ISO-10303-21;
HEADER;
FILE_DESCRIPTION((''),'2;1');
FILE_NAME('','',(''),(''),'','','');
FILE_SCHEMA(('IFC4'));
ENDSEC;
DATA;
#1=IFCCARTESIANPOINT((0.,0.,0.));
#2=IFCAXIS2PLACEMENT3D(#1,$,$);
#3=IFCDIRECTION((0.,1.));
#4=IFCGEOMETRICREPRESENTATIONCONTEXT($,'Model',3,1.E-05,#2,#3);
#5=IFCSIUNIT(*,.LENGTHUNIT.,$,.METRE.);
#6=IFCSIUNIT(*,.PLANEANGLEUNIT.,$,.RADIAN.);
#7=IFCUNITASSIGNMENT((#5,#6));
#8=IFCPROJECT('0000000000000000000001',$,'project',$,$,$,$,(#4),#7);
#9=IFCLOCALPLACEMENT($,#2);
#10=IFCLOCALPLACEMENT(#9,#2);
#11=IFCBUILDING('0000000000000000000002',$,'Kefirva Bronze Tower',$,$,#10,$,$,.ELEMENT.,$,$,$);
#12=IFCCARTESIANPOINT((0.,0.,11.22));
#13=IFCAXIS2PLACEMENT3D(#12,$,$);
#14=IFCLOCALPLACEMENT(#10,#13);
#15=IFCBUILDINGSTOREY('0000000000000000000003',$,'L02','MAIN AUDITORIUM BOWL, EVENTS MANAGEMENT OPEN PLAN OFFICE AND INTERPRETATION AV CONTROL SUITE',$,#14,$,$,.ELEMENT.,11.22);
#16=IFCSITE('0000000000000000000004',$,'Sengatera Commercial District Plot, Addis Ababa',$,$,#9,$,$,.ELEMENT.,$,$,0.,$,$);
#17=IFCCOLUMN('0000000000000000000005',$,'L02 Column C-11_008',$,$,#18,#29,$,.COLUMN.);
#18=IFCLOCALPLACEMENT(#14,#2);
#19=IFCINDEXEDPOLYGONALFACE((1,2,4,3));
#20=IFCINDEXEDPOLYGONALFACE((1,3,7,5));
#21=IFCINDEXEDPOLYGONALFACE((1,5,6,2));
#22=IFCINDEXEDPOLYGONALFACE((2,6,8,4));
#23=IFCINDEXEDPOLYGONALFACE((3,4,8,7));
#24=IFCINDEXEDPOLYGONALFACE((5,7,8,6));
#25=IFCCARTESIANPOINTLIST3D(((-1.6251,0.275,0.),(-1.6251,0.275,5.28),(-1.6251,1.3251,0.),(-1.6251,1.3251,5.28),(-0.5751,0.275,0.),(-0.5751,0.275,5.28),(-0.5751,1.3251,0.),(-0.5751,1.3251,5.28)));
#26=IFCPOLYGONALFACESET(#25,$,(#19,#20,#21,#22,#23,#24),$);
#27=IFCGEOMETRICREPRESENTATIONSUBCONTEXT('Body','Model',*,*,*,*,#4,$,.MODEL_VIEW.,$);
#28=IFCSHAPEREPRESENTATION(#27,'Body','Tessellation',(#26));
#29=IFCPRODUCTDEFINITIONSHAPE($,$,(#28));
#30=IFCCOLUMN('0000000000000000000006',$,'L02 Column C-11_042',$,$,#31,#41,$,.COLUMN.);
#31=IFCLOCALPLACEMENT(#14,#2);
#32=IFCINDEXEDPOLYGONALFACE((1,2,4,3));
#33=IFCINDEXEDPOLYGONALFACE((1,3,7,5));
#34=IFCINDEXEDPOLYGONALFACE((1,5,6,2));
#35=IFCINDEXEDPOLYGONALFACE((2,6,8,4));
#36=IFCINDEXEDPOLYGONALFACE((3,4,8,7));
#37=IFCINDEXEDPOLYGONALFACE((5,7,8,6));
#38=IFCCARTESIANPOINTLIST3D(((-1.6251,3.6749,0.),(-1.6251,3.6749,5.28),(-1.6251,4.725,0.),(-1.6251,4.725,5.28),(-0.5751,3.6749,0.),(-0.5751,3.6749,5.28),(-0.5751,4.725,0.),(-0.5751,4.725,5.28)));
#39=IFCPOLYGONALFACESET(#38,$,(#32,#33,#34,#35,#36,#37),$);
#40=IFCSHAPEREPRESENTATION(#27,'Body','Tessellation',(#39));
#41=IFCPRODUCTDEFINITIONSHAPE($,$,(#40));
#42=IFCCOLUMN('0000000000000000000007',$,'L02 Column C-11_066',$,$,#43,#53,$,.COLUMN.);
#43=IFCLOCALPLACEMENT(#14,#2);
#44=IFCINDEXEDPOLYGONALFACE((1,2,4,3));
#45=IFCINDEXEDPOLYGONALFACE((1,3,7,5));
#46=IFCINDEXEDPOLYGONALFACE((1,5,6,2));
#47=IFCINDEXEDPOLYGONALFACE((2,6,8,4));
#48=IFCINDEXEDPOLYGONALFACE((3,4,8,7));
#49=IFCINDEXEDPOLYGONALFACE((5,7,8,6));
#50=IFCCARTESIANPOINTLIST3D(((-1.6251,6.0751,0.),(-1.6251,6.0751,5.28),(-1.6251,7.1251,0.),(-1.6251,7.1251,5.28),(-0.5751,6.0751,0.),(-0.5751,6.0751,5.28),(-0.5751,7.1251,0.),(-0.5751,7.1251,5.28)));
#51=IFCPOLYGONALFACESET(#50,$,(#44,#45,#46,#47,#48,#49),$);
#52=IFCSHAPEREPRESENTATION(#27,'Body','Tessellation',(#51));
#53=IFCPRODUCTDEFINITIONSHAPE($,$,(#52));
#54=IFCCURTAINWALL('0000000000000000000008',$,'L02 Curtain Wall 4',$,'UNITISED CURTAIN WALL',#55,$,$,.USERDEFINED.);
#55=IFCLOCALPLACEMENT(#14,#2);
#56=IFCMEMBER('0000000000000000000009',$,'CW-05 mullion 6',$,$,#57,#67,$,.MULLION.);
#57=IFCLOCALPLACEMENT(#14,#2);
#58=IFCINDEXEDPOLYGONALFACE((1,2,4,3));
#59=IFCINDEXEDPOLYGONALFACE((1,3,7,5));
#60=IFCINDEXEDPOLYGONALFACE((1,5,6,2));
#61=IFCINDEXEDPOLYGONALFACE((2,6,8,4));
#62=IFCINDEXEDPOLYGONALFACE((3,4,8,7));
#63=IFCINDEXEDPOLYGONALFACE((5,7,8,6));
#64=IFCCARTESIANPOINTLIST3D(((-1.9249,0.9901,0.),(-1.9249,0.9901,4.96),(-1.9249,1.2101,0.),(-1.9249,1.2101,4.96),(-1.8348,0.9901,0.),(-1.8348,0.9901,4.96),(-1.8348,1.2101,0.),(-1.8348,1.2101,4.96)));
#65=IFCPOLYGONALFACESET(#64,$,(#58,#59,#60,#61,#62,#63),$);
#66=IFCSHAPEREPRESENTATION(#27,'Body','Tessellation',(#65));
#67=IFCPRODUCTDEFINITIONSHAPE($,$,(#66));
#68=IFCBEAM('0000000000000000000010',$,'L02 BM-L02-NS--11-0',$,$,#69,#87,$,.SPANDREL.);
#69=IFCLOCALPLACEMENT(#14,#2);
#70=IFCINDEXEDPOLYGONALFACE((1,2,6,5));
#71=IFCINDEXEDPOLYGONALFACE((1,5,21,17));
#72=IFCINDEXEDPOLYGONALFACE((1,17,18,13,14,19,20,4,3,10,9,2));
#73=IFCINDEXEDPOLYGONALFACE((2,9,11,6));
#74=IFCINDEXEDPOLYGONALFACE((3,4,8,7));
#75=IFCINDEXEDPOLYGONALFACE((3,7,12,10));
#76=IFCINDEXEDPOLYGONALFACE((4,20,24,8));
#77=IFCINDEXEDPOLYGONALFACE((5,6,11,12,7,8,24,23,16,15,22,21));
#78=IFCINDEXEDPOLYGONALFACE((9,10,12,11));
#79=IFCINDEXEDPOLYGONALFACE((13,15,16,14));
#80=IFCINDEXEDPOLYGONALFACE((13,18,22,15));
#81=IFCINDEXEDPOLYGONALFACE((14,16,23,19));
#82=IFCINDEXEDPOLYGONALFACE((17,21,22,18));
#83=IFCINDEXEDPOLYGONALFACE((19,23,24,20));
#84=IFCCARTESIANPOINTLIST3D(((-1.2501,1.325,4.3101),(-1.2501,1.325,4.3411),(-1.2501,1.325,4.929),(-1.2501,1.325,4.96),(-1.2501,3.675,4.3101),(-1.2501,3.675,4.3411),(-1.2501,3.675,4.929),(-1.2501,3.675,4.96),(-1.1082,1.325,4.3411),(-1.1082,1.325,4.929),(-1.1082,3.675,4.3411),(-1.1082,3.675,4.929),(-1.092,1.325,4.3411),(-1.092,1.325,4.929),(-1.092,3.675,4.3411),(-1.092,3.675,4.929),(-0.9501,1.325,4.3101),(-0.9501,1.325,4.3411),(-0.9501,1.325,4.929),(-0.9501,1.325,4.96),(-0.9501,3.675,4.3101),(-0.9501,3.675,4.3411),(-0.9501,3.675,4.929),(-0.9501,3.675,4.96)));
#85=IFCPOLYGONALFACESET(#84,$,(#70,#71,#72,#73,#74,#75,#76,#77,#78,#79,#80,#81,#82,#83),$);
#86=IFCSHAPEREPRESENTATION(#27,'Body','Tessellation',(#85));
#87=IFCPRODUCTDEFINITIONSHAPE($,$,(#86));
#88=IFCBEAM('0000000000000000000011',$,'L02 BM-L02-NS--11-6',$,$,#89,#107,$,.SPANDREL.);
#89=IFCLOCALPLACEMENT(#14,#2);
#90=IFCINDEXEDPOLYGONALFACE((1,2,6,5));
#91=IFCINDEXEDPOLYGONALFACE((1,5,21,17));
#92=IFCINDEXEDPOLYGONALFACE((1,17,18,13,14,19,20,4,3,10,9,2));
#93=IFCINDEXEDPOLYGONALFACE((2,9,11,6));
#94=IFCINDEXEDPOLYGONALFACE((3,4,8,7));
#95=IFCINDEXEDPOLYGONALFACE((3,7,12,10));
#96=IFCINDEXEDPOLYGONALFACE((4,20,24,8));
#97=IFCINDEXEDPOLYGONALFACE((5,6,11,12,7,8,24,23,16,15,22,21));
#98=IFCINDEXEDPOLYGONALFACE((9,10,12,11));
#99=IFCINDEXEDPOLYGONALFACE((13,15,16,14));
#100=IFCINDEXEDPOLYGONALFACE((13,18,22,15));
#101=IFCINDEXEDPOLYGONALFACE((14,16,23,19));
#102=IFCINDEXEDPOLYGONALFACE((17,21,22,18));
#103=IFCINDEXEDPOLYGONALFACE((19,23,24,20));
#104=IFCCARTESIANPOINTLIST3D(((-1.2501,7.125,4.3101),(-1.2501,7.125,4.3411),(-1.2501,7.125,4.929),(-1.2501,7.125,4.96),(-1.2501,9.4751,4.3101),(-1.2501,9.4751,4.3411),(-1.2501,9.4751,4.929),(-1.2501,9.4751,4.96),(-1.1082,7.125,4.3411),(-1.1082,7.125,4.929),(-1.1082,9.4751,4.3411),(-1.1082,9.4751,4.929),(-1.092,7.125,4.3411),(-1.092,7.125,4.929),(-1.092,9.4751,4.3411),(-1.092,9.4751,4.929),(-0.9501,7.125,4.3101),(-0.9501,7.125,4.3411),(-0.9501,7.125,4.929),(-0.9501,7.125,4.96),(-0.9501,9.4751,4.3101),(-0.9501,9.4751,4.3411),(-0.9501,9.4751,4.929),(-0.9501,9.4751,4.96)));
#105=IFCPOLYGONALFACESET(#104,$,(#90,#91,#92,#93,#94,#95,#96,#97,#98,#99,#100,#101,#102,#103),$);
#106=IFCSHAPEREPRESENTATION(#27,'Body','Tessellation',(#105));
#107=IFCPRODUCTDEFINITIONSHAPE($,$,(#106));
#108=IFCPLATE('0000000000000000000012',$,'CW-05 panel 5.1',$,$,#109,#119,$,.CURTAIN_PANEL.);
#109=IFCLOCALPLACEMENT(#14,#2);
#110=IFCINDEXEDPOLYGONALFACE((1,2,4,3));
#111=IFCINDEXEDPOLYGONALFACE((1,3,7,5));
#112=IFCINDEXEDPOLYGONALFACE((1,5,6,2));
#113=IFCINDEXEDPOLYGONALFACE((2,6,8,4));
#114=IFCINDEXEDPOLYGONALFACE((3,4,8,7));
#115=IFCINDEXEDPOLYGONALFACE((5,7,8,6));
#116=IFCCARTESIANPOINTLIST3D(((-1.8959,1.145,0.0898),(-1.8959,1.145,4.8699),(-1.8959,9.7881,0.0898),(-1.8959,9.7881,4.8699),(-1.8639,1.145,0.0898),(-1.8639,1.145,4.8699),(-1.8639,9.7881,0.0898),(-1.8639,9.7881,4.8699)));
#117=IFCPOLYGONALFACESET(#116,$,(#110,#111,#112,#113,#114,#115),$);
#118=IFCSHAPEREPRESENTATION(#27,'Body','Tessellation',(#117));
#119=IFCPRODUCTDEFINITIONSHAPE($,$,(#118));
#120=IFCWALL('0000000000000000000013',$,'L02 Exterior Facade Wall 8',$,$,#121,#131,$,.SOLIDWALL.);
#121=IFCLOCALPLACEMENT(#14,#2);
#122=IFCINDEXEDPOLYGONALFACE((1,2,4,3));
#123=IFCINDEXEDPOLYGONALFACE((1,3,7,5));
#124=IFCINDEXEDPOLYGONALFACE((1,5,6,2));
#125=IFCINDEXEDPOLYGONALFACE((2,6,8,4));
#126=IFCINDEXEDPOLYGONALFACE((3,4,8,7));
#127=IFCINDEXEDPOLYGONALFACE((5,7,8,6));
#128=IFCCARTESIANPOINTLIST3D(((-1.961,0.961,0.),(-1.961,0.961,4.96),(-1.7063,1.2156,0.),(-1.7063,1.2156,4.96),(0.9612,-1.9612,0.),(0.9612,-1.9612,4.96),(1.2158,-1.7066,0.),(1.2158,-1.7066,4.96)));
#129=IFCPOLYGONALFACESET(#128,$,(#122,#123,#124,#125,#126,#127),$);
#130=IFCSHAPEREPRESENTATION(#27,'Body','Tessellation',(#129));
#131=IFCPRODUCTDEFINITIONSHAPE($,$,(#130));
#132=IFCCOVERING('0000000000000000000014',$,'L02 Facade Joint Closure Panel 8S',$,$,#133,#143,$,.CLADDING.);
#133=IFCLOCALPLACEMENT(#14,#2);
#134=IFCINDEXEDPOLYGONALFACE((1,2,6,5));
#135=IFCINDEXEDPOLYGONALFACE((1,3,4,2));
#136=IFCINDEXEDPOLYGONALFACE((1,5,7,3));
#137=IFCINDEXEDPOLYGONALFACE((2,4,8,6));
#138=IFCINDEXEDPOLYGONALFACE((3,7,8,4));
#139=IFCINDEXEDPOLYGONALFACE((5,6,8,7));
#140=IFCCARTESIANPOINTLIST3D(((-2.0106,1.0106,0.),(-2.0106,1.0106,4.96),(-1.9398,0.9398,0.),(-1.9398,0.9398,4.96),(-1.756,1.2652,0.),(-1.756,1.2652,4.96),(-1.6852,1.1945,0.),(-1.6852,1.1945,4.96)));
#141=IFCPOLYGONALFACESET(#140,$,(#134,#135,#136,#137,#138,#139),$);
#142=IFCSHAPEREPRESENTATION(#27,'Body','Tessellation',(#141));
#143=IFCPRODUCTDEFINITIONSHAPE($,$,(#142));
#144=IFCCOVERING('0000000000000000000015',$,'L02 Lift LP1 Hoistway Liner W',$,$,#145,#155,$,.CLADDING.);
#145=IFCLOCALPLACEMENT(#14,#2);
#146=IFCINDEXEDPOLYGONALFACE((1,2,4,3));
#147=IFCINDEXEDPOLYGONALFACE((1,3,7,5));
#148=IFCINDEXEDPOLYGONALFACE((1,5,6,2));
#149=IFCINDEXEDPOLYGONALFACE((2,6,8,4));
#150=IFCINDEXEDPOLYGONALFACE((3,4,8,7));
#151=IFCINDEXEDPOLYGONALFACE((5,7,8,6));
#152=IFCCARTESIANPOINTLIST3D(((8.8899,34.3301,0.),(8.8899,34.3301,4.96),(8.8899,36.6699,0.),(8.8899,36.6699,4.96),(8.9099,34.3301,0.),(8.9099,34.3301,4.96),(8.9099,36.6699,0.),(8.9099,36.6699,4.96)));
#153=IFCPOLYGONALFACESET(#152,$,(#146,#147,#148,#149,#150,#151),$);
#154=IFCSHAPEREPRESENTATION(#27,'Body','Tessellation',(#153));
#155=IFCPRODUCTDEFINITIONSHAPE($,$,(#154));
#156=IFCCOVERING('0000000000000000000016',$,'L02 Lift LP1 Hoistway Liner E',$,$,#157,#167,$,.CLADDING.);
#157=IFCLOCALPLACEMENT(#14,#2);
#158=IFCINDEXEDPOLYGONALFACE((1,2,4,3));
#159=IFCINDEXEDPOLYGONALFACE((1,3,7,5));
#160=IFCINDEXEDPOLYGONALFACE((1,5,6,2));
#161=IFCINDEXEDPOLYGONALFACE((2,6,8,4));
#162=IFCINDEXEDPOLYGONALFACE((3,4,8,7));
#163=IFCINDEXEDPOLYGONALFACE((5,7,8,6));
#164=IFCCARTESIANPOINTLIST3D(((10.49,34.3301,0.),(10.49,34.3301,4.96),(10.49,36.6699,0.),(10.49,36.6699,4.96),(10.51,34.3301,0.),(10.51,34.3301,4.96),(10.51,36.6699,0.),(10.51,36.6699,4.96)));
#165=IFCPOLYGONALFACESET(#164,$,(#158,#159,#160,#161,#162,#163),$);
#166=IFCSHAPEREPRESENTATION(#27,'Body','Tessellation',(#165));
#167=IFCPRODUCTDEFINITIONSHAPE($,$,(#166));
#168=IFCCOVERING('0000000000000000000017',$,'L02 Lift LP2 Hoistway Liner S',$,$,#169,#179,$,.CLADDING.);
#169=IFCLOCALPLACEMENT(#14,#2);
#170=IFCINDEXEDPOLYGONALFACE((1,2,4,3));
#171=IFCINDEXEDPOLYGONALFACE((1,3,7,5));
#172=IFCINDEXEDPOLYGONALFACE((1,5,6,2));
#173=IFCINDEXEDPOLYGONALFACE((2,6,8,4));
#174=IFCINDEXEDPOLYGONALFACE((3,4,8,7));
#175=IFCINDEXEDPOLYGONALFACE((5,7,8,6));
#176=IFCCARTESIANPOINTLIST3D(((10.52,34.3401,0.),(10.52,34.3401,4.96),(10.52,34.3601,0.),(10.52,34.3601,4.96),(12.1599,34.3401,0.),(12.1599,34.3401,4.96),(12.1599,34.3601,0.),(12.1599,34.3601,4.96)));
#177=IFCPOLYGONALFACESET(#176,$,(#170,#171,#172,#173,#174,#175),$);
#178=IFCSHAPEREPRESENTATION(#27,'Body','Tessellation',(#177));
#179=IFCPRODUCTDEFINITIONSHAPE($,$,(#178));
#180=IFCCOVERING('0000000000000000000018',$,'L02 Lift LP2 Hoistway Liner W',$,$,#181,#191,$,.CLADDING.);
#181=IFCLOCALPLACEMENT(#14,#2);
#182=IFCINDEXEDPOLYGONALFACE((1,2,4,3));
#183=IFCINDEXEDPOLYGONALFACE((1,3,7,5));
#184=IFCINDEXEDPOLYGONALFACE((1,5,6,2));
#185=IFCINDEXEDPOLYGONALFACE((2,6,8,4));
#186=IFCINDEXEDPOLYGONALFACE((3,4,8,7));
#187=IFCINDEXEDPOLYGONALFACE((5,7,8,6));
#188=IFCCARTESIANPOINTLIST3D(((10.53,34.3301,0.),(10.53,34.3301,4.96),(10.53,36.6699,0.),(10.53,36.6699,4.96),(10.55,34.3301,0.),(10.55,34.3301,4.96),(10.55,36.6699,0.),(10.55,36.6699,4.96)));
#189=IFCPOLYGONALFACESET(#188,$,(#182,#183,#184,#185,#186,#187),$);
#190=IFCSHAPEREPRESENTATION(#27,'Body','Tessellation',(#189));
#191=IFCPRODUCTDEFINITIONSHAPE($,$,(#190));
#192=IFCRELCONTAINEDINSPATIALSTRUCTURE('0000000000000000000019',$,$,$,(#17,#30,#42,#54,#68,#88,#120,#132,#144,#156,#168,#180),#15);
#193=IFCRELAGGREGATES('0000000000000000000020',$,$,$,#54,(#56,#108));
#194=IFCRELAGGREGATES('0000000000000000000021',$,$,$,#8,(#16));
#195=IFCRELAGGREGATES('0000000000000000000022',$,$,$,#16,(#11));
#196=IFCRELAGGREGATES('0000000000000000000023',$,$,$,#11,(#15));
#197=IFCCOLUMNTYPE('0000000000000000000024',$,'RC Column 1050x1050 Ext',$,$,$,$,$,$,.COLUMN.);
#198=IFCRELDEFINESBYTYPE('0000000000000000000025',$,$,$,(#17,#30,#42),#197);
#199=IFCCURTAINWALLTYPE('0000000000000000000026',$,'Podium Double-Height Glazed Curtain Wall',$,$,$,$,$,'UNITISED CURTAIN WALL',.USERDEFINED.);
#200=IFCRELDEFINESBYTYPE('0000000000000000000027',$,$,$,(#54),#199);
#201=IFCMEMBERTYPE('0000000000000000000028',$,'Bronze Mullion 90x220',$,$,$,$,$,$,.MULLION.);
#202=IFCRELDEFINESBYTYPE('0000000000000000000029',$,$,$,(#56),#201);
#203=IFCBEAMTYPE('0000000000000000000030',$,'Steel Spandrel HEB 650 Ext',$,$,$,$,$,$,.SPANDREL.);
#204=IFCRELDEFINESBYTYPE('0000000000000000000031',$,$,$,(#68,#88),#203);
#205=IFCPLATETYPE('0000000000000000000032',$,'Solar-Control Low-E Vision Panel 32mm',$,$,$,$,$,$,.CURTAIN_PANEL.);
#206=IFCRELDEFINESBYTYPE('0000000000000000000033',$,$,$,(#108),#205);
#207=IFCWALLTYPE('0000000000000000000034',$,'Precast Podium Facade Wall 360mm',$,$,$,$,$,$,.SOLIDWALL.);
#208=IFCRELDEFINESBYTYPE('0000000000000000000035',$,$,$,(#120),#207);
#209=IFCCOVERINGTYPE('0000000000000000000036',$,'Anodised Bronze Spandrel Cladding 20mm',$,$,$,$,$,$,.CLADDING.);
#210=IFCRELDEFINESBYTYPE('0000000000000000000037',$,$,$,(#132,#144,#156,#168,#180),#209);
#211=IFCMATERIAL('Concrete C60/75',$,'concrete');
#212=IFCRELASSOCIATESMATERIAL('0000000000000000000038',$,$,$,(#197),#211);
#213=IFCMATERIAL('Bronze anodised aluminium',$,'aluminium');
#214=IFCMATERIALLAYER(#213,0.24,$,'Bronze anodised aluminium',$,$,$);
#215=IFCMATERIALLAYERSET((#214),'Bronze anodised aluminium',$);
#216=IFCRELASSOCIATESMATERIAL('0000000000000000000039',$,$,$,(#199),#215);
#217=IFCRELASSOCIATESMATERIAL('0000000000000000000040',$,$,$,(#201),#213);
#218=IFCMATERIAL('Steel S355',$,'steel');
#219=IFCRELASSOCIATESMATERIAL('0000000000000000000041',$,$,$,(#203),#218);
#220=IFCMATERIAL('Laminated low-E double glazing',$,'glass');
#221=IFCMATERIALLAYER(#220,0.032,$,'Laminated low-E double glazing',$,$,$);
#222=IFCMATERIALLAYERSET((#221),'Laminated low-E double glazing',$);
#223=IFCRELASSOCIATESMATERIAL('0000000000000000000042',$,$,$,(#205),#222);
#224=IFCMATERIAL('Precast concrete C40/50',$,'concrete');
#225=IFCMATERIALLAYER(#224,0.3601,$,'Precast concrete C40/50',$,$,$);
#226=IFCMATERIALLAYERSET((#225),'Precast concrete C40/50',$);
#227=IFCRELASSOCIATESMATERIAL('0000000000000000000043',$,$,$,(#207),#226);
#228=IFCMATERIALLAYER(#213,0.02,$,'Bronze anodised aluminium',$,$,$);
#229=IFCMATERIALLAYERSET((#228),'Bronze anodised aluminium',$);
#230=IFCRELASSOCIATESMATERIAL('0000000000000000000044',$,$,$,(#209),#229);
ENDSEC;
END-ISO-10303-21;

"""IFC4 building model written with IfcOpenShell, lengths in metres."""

from ifc_helpers import new_model, si_unit, direction, frame, frame_2d, origin, origin_2d, place, context, subcontext, project, spatial, polyline, rectangle, i_section, outline, extrude, material, layer, layer_set, material_profile, profile_set, type_object, element, aggregate, save


model = new_model("IFC4")

# Units and contexts
model_context = context("Model", 3, precision=1e-05, world=origin(), true_north=direction((0.0, 1.0)))
body_context = subcontext(model_context, "Body", "Model", "MODEL_VIEW")
ifc_project = project(units=[si_unit("LENGTHUNIT", "METRE"), si_unit("PLANEANGLEUNIT", "RADIAN")], contexts=[model_context])

# Site, building, storey
site_placement = place(None, origin())
site = spatial("IfcSite", under=ifc_project, at=site_placement, Name="Sengatera Commercial District Plot, Addis Ababa", CompositionType="ELEMENT", RefElevation=0.0)
building_placement = place(site_placement, origin())
building = spatial("IfcBuilding", under=site, at=building_placement, Name="Kefirva Bronze Tower", CompositionType="ELEMENT")
storey_placement = place(building_placement, frame((0.0, 0.0, 11.22)))
storey = spatial("IfcBuildingStorey", under=building, at=storey_placement, Name="L02", Description="MAIN AUDITORIUM BOWL, EVENTS MANAGEMENT OPEN PLAN OFFICE AND INTERPRETATION AV CONTROL SUITE", CompositionType="ELEMENT", Elevation=11.22)

# Columns
ifc_material_1 = material(Name="Concrete C60/75", Category="concrete")
ifc_material_profile_1 = material_profile(ifc_material_1, rectangle(XDim=1.05, YDim=1.05, at=origin_2d()), Name="RC 1050x1050")
ifc_profile_set_1 = profile_set([ifc_material_profile_1], Name="Concrete C60/75")
column_type = type_object("IfcColumnType", Name="RC Column 1050x1050 Ext", PredefinedType="COLUMN", material=ifc_profile_set_1)
for number, where, z_axis, x_axis, name in (
    (1, (-1.1001, 0.8, 0.0), (0.0, 0.0, 1.0), (1.0, 0.0, 0.0), "L02 Column C-11_008"),
    (2, (-1.1001, 4.2, 0.0), (0.0, 0.0, 1.0), (1.0, 0.0, 0.0), "L02 Column C-11_042"),
    (3, (-1.1001, 6.6001, 0.0), (0.0, 0.0, 1.0), (1.0, 0.0, 0.0), "L02 Column C-11_066"),
):
    element("IfcColumn", number, at=place(storey_placement, frame(where, z_axis=z_axis, x_axis=x_axis)), inside=storey, type_object=column_type, Name=name, PredefinedType="COLUMN", context=body_context, shape_type="SweptSolid", body=[
        extrude(rectangle(XDim=1.05, YDim=1.05, at=origin_2d()), origin(), (0.0, 0.0, 1.0), 5.28),
    ])

# Curtain wall, member
ifc_material_2 = material(Name="Bronze anodised aluminium", Category="aluminium")
ifc_layer_1 = layer(ifc_material_2, 0.24, Name="Bronze anodised aluminium")
ifc_layer_set_1 = layer_set([ifc_layer_1], Name="Bronze anodised aluminium")
curtain_wall_type = type_object("IfcCurtainWallType", Name="Podium Double-Height Glazed Curtain Wall", ElementType="UNITISED CURTAIN WALL", PredefinedType="USERDEFINED", material=ifc_layer_set_1)
curtain_wall_placement = place(storey_placement, origin())
curtain_wall = element("IfcCurtainWall", 4, at=curtain_wall_placement, inside=storey, type_object=curtain_wall_type, Name="L02 Curtain Wall 4", ObjectType="UNITISED CURTAIN WALL", PredefinedType="USERDEFINED")
ifc_material_profile_2 = material_profile(ifc_material_2, rectangle(XDim=0.0901, YDim=0.22, at=origin_2d()), Name="ALU 90x220")
ifc_profile_set_2 = profile_set([ifc_material_profile_2], Name="Bronze anodised aluminium")
member_type = type_object("IfcMemberType", Name="Bronze Mullion 90x220", PredefinedType="MULLION", material=ifc_profile_set_2)
member_placement = place(storey_placement, frame((-1.8799, 1.1001, 0.0), z_axis=(0.0, 0.0, 1.0), x_axis=(1.0, 0.0, 0.0)))
member = element("IfcMember", 5, at=member_placement, type_object=member_type, Name="CW-05 mullion 6", PredefinedType="MULLION", context=body_context, shape_type="SweptSolid", body=[
    extrude(rectangle(XDim=0.0901, YDim=0.22, at=origin_2d()), origin(), (0.0, 0.0, 1.0), 4.96),
])

# Beams
ifc_material_3 = material(Name="Steel S355", Category="steel")
ifc_material_profile_3 = material_profile(ifc_material_3, i_section(OverallWidth=0.3, OverallDepth=0.6499, WebThickness=0.0161, FlangeThickness=0.031, at=origin_2d()), Name="HEB 650")
ifc_profile_set_3 = profile_set([ifc_material_profile_3], Name="Steel S355")
beam_type = type_object("IfcBeamType", Name="Steel Spandrel HEB 650 Ext", PredefinedType="SPANDREL", material=ifc_profile_set_3)
for number, where, z_axis, x_axis, name in (
    (6, (-1.1001, 1.325, 4.635), (0.0, 1.0, 0.0), (-1.0, 0.0, 0.0), "L02 BM-L02-NS--11-0"),
    (7, (-1.1001, 7.125, 4.635), (0.0, 1.0, 0.0), (-1.0, 0.0, 0.0), "L02 BM-L02-NS--11-6"),
):
    element("IfcBeam", number, at=place(storey_placement, frame(where, z_axis=z_axis, x_axis=x_axis)), inside=storey, type_object=beam_type, Name=name, PredefinedType="SPANDREL", context=body_context, shape_type="SweptSolid", body=[
        extrude(i_section(OverallWidth=0.3, OverallDepth=0.6499, WebThickness=0.0161, FlangeThickness=0.031, at=origin_2d()), origin(), (0.0, 0.0, 1.0), 2.3501),
    ])

# Plate
ifc_material_4 = material(Name="Laminated low-E double glazing", Category="glass")
ifc_layer_2 = layer(ifc_material_4, 0.032, Name="Laminated low-E double glazing")
ifc_layer_set_2 = layer_set([ifc_layer_2], Name="Laminated low-E double glazing")
plate_type = type_object("IfcPlateType", Name="Solar-Control Low-E Vision Panel 32mm", PredefinedType="CURTAIN_PANEL", material=ifc_layer_set_2)
plate_placement = place(storey_placement, frame((-1.8799, 5.4666, 0.0898), z_axis=(0.0, 0.0, 1.0), x_axis=(0.0, -1.0, 0.0)))
plate = element("IfcPlate", 8, at=plate_placement, type_object=plate_type, Name="CW-05 panel 5.1", PredefinedType="CURTAIN_PANEL", context=body_context, shape_type="SweptSolid", body=[
    extrude(rectangle(XDim=8.6431, YDim=0.032, at=origin_2d()), origin(), (0.0, 0.0, 1.0), 4.78),
])
aggregate(curtain_wall, [member, plate])

# Wall
ifc_material_5 = material(Name="Precast concrete C40/50", Category="concrete")
ifc_layer_3 = layer(ifc_material_5, 0.3601, Name="Precast concrete C40/50")
ifc_layer_set_3 = layer_set([ifc_layer_3], Name="Precast concrete C40/50")
wall_type = type_object("IfcWallType", Name="Precast Podium Facade Wall 360mm", PredefinedType="SOLIDWALL", material=ifc_layer_set_3)
wall_placement = place(storey_placement, frame((-1.8337, 1.0884, 0.0), z_axis=(0.0, 0.0, 1.0), x_axis=(0.707107, -0.707107, 0.0)))
element("IfcWall", 9, at=wall_placement, inside=storey, type_object=wall_type, Name="L02 Exterior Facade Wall 8", PredefinedType="SOLIDWALL", context=body_context, shape_type="SweptSolid", body=[
    extrude(rectangle(XDim=4.1326, YDim=0.3601, at=frame_2d((2.0664, 0.0))), origin(), (0.0, 0.0, 1.0), 4.96),
])

# Coverings
ifc_layer_4 = layer(ifc_material_2, 0.02, Name="Bronze anodised aluminium")
ifc_layer_set_4 = layer_set([ifc_layer_4], Name="Bronze anodised aluminium")
covering_type_1 = type_object("IfcCoveringType", Name="Anodised Bronze Spandrel Cladding 20mm", PredefinedType="CLADDING", material=ifc_layer_set_4)
covering_1_placement = place(storey_placement, frame((-1.8479, 1.1025, 0.0), z_axis=(0.0, 0.0, 1.0), x_axis=(0.707107, -0.707107, 0.0)))
element("IfcCovering", 10, at=covering_1_placement, inside=storey, type_object=covering_type_1, Name="L02 Facade Joint Closure Panel 8S", PredefinedType="CLADDING", context=body_context, shape_type="SweptSolid", body=[
    extrude(rectangle(XDim=0.1001, YDim=0.3601, at=origin_2d()), origin(), (0.0, 0.0, 1.0), 4.96),
])
covering_2_placement = place(storey_placement, origin())
element("IfcCovering", 11, at=covering_2_placement, inside=storey, type_object=covering_type_1, Name="L02 Lift LP1 Hoistway Liner W", PredefinedType="CLADDING", context=body_context, shape_type="SweptSolid", body=[
    extrude(outline(polyline([(8.8899, 34.3301), (8.9099, 34.3301), (8.9099, 36.6699), (8.8899, 36.6699), (8.8899, 34.3301)])), origin(), (0.0, 0.0, 1.0), 4.96),
])
covering_3_placement = place(storey_placement, origin())
element("IfcCovering", 12, at=covering_3_placement, inside=storey, type_object=covering_type_1, Name="L02 Lift LP1 Hoistway Liner E", PredefinedType="CLADDING", context=body_context, shape_type="SweptSolid", body=[
    extrude(outline(polyline([(10.49, 34.3301), (10.51, 34.3301), (10.51, 36.6699), (10.49, 36.6699), (10.49, 34.3301)])), origin(), (0.0, 0.0, 1.0), 4.96),
])
covering_4_placement = place(storey_placement, origin())
element("IfcCovering", 13, at=covering_4_placement, inside=storey, type_object=covering_type_1, Name="L02 Lift LP2 Hoistway Liner S", PredefinedType="CLADDING", context=body_context, shape_type="SweptSolid", body=[
    extrude(outline(polyline([(10.52, 34.3401), (12.1599, 34.3401), (12.1599, 34.3601), (10.52, 34.3601), (10.52, 34.3401)])), origin(), (0.0, 0.0, 1.0), 4.96),
])
covering_5_placement = place(storey_placement, origin())
element("IfcCovering", 14, at=covering_5_placement, inside=storey, type_object=covering_type_1, Name="L02 Lift LP2 Hoistway Liner W", PredefinedType="CLADDING", context=body_context, shape_type="SweptSolid", body=[
    extrude(outline(polyline([(10.53, 34.3301), (10.55, 34.3301), (10.55, 36.6699), (10.53, 36.6699), (10.53, 34.3301)])), origin(), (0.0, 0.0, 1.0), 4.96),
])

save(model, "model.ifc")
